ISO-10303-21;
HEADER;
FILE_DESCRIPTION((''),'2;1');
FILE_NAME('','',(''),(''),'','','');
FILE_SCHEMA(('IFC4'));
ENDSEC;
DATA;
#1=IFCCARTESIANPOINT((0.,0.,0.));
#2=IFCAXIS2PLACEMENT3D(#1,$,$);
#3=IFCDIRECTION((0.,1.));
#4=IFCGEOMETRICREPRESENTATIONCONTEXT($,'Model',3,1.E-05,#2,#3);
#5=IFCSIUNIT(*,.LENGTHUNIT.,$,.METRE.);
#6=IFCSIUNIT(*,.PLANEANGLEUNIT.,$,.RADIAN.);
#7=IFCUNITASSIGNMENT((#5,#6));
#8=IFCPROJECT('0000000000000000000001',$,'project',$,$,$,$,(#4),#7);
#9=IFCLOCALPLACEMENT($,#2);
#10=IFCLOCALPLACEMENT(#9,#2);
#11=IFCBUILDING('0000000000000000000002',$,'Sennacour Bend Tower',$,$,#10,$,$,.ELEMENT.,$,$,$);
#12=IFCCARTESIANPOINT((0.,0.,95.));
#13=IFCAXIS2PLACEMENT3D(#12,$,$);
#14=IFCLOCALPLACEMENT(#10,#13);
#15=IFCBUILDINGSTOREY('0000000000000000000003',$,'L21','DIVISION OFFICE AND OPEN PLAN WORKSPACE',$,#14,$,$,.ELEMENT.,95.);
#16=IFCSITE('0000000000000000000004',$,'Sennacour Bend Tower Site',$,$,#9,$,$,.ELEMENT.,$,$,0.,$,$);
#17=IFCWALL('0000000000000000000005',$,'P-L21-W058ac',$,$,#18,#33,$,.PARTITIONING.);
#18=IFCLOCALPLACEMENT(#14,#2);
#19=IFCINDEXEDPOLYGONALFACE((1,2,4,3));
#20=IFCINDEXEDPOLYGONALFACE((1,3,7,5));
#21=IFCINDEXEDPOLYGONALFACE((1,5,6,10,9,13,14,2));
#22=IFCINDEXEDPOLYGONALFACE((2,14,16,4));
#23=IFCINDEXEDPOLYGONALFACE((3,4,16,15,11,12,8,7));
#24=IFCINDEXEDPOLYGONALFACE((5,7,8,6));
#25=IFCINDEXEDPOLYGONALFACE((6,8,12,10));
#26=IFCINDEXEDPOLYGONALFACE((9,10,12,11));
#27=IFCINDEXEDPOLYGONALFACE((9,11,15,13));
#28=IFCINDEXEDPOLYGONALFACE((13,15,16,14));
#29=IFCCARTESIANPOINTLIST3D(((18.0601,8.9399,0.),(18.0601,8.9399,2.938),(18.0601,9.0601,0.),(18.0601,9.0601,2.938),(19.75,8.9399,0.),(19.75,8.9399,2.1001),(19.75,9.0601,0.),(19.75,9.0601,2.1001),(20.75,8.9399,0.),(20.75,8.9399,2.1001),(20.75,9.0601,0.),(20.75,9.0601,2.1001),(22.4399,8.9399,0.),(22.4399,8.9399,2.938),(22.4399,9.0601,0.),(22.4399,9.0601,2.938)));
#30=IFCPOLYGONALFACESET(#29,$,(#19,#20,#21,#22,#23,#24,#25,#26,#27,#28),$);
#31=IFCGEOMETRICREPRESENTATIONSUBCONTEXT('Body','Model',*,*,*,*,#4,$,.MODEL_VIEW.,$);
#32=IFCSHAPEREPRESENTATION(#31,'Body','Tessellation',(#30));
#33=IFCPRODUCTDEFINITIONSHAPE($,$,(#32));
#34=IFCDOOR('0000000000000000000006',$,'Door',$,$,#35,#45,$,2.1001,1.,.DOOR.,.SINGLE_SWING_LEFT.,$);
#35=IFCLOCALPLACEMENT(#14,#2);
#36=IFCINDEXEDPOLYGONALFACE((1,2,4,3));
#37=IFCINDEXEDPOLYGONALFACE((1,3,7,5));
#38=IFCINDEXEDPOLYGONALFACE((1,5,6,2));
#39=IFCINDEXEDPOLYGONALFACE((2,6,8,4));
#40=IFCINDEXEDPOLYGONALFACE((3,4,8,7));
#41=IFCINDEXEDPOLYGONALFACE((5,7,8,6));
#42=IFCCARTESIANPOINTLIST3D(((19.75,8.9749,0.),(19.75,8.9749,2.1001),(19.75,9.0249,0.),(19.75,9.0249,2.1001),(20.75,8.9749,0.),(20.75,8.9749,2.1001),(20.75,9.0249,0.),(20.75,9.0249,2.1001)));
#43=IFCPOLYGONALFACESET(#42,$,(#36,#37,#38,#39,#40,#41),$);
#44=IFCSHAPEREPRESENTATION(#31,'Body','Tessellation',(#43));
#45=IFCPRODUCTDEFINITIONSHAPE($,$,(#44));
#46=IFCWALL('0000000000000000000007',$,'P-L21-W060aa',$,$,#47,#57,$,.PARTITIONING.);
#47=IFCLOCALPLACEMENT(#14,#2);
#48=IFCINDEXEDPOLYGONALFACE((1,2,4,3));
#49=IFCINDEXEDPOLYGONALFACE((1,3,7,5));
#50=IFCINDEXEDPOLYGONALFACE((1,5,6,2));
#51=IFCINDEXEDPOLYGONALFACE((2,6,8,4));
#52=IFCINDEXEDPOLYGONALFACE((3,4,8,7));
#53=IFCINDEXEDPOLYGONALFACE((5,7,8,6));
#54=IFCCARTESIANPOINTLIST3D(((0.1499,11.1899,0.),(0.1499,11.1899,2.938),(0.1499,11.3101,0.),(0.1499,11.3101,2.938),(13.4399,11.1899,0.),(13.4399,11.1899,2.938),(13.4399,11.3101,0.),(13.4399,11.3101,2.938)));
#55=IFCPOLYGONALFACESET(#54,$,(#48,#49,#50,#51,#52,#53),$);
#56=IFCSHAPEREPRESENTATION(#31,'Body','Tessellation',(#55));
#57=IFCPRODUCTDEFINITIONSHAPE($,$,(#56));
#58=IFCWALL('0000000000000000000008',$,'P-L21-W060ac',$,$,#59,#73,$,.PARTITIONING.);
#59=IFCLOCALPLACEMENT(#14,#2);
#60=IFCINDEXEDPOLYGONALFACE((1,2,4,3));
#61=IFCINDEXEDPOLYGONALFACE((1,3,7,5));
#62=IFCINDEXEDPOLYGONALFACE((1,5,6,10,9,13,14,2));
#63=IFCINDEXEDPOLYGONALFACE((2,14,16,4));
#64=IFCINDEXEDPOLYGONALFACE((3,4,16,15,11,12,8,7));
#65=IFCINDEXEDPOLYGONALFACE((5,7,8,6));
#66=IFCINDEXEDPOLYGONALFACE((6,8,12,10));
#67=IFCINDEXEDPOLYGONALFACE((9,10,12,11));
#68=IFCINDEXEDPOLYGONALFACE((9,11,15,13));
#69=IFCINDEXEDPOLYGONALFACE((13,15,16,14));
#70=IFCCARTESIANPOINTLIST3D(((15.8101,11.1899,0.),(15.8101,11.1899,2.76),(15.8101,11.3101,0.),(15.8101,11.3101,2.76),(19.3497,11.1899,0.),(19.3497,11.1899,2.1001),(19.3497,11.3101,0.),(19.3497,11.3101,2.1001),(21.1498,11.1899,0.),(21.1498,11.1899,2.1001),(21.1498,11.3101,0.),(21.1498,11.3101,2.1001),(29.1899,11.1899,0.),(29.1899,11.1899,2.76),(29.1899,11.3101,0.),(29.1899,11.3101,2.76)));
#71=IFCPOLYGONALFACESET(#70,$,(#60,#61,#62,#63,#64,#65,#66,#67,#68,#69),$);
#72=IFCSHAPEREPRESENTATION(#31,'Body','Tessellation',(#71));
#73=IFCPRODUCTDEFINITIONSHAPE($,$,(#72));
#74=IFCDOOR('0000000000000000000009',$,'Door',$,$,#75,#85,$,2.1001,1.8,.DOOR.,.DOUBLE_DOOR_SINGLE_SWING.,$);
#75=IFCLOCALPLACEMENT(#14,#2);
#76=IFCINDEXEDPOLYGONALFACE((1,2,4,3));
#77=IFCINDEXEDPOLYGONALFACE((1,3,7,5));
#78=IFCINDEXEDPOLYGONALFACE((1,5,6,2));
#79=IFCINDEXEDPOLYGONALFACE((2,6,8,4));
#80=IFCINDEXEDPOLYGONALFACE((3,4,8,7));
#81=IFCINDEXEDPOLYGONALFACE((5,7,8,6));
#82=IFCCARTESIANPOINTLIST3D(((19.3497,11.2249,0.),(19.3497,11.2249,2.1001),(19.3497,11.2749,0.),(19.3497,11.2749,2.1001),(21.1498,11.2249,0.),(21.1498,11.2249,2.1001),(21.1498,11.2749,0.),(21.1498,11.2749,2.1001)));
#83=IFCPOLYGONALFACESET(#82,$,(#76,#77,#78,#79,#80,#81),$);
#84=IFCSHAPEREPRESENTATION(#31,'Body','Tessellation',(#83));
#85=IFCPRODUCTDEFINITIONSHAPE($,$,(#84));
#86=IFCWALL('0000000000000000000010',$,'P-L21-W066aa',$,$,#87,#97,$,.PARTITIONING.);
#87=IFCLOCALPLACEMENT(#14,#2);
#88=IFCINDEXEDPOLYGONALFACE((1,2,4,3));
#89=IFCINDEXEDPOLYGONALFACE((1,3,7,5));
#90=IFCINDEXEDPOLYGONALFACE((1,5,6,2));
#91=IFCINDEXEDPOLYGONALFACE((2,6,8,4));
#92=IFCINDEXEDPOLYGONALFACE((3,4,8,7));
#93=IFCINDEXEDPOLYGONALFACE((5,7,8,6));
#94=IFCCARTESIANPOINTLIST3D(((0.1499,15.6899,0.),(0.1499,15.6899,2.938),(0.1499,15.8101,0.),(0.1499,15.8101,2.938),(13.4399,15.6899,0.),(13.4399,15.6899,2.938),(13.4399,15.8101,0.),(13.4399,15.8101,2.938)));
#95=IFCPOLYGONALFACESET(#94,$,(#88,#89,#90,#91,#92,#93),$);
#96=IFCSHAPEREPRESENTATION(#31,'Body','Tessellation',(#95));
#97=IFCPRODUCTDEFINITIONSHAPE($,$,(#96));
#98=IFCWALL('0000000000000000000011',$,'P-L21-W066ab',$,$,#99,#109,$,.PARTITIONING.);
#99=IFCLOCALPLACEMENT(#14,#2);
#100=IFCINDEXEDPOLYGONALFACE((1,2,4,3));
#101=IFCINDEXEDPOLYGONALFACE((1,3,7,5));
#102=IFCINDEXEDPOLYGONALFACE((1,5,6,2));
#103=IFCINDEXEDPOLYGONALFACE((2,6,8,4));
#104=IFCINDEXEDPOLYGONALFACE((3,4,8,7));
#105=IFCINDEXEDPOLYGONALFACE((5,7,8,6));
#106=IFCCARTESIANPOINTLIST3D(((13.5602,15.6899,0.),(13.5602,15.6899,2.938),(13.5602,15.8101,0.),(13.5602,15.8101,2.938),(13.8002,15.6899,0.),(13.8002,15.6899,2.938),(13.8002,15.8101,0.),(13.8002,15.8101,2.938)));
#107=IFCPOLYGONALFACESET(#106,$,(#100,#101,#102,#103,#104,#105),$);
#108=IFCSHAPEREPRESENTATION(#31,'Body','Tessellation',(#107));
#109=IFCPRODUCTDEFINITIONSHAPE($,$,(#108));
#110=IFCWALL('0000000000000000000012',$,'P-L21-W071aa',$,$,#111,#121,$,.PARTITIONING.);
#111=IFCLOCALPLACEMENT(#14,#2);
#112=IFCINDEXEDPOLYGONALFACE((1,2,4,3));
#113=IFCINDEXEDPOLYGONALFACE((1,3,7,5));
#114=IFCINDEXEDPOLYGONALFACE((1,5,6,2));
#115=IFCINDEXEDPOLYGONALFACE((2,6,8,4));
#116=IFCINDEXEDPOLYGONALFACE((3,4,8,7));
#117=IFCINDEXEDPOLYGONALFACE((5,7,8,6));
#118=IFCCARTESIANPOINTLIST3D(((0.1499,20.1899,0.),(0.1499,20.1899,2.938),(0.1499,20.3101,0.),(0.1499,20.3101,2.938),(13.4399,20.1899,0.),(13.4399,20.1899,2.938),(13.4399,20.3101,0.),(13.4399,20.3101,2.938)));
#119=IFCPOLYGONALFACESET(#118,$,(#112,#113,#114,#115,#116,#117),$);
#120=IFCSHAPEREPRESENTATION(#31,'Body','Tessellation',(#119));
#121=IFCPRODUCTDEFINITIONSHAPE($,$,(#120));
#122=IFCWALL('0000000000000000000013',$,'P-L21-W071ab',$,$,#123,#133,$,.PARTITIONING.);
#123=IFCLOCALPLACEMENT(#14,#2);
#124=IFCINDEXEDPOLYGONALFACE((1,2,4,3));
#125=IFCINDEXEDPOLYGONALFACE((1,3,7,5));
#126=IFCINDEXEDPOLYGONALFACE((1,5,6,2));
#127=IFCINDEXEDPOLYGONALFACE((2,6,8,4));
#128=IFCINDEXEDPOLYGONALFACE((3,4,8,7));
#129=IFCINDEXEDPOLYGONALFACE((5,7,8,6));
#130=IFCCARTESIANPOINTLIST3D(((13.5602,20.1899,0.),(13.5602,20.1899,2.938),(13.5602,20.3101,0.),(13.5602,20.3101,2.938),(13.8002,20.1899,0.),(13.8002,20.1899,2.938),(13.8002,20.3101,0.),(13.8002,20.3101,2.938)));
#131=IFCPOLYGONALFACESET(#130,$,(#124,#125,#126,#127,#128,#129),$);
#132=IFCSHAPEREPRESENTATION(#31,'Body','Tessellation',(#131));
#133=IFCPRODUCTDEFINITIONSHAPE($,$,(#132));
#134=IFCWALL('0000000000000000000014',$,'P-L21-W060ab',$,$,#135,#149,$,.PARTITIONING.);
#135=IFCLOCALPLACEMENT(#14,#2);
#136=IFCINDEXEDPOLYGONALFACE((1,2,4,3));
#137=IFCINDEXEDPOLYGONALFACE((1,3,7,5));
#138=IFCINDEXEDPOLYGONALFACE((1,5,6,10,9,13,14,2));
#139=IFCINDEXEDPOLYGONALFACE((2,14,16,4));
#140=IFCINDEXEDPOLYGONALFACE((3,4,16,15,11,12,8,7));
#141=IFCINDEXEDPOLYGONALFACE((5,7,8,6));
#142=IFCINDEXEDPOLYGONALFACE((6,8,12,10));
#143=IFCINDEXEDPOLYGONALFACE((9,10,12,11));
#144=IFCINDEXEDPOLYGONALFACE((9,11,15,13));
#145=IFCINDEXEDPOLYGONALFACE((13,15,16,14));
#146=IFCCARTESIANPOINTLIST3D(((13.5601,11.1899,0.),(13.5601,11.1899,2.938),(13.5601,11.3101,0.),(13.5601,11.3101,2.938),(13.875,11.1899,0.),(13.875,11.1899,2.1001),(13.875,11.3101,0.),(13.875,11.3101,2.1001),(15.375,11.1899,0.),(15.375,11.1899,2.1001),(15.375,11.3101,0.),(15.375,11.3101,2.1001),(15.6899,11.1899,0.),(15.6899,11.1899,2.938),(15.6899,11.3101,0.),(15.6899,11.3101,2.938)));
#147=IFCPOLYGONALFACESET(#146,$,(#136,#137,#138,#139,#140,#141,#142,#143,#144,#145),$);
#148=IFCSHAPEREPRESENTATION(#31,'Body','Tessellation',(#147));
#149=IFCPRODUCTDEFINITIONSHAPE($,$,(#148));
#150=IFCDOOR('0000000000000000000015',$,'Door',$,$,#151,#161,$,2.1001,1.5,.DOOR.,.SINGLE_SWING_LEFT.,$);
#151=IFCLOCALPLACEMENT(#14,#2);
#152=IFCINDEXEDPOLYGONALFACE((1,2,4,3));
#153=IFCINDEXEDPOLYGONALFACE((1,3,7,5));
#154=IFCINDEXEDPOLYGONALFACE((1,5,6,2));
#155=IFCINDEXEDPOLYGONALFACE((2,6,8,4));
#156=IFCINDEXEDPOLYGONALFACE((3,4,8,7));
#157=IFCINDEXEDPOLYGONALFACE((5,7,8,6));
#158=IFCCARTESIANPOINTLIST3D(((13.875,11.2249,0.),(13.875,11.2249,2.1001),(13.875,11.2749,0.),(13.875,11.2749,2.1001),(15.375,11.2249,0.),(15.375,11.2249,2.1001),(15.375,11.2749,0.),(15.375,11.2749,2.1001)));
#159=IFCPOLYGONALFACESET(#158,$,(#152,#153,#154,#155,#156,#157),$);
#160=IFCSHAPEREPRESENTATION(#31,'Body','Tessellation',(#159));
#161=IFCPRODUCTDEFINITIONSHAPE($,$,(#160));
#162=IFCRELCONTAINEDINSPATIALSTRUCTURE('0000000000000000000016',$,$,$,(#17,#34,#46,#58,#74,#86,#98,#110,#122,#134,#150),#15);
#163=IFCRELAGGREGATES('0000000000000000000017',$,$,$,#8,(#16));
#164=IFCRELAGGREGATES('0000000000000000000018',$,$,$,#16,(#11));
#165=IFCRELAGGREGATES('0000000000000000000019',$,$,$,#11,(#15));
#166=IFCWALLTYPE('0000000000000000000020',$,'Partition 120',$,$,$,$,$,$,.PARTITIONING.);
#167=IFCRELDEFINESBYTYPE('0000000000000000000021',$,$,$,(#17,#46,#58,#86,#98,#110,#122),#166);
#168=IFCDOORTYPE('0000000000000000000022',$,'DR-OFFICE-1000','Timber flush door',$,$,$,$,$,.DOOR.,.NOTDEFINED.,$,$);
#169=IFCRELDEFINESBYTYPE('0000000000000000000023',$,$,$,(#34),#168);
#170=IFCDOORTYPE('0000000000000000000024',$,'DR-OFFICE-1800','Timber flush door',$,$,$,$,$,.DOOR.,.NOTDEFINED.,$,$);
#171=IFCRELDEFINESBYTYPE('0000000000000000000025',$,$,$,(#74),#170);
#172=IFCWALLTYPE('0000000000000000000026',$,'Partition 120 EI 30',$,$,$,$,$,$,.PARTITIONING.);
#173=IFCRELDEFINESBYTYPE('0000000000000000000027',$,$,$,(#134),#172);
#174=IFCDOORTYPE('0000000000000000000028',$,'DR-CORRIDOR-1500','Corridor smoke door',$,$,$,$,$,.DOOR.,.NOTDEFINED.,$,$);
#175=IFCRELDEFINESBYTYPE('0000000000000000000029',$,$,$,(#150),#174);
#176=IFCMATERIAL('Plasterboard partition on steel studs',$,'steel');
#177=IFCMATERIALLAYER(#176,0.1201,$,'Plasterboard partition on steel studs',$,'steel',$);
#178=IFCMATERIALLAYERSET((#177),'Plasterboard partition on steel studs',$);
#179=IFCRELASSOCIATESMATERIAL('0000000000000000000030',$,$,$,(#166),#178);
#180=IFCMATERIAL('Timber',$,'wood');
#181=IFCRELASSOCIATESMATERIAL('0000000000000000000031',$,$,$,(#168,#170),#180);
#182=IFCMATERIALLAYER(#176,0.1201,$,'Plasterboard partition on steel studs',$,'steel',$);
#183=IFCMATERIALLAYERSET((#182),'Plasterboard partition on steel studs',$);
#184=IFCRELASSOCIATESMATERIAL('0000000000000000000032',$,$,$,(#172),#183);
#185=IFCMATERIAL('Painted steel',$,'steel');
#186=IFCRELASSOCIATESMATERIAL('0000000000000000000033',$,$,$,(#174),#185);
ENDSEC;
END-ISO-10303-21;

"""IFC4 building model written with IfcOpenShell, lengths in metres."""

from ifc_helpers import new_model, si_unit, direction, frame, frame_2d, origin, place, context, subcontext, project, spatial, rectangle, extrude, material, layer, layer_set, type_object, element, fill, save


model = new_model("IFC4")

# Units and contexts
model_context = context("Model", 3, precision=1e-05, world=origin(), true_north=direction((0.0, 1.0)))
body_context = subcontext(model_context, "Body", "Model", "MODEL_VIEW")
ifc_project = project(units=[si_unit("LENGTHUNIT", "METRE"), si_unit("PLANEANGLEUNIT", "RADIAN")], contexts=[model_context])

# Site, building, storey
site_placement = place(None, origin())
site = spatial("IfcSite", under=ifc_project, at=site_placement, Name="Sennacour Bend Tower Site", CompositionType="ELEMENT", RefElevation=0.0)
building_placement = place(site_placement, origin())
building = spatial("IfcBuilding", under=site, at=building_placement, Name="Sennacour Bend Tower", CompositionType="ELEMENT")
storey_placement = place(building_placement, frame((0.0, 0.0, 95.0)))
storey = spatial("IfcBuildingStorey", under=building, at=storey_placement, Name="L21", Description="DIVISION OFFICE AND OPEN PLAN WORKSPACE", CompositionType="ELEMENT", Elevation=95.0)

# Shared definitions
ifc_material_1 = material(Name="Plasterboard partition on steel studs", Category="steel")
ifc_layer_1 = layer(ifc_material_1, 0.1201, Name="Plasterboard partition on steel studs", Category="steel")
ifc_layer_set_1 = layer_set([ifc_layer_1], Name="Plasterboard partition on steel studs")
wall_type_1 = type_object("IfcWallType", Name="Partition 120", PredefinedType="PARTITIONING", material=ifc_layer_set_1)
ifc_material_2 = material(Name="Timber", Category="wood")
door_type_1 = type_object("IfcDoorType", Name="DR-OFFICE-1000", Description="Timber flush door", OperationType="NOTDEFINED", PredefinedType="DOOR", material=ifc_material_2)

# Wall, opening, door
wall_1_placement = place(storey_placement, frame((18.0601, 9.0, 0.0), z_axis=(0.0, 0.0, 1.0), x_axis=(1.0, 0.0, 0.0)))
wall_1 = element("IfcWall", 1, at=wall_1_placement, inside=storey, type_object=wall_type_1, Name="P-L21-W058ac", PredefinedType="PARTITIONING", context=body_context, shape_type="SweptSolid", body=[
    extrude(rectangle(XDim=4.3799, YDim=0.1201, at=frame_2d((2.1899, 0.0))), origin(), (0.0, 0.0, 1.0), 2.938),
])
opening_1_placement = place(wall_1_placement, frame((1.6899, 0.0, 0.0)))
opening_1 = element("IfcOpeningElement", 2, at=opening_1_placement, cuts=wall_1, PredefinedType="OPENING", context=body_context, shape_type="SweptSolid", body=[
    extrude(rectangle(XDim=1.0, YDim=2.1001, at=frame_2d((0.5, 1.05))), frame((0.0, 0.0701, 0.0), z_axis=(0.0, -1.0, 0.0), x_axis=(1.0, 0.0, 0.0)), (0.0, 0.0, 1.0), 0.1401),
])
door_1_placement = place(opening_1_placement, origin())
door_1 = element("IfcDoor", 3, at=door_1_placement, inside=storey, type_object=door_type_1, Name="Door", OperationType="SINGLE_SWING_LEFT", OverallHeight=2.1001, OverallWidth=1.0, PredefinedType="DOOR", context=body_context, shape_type="SweptSolid", body=[
    extrude(rectangle(XDim=1.0, YDim=2.1001, at=frame_2d((0.5, 1.05))), frame((0.0, 0.0249, 0.0), z_axis=(0.0, -1.0, 0.0), x_axis=(1.0, 0.0, 0.0)), (0.0, 0.0, 1.0), 0.05),
])
fill(opening_1, door_1)

# Wall
wall_2_placement = place(storey_placement, frame((0.1499, 11.25, 0.0), z_axis=(0.0, 0.0, 1.0), x_axis=(1.0, 0.0, 0.0)))
element("IfcWall", 4, at=wall_2_placement, inside=storey, type_object=wall_type_1, Name="P-L21-W060aa", PredefinedType="PARTITIONING", context=body_context, shape_type="SweptSolid", body=[
    extrude(rectangle(XDim=13.29, YDim=0.1201, at=frame_2d((6.645, 0.0))), origin(), (0.0, 0.0, 1.0), 2.938),
])

# Wall, opening, door
wall_3_placement = place(storey_placement, frame((15.8101, 11.25, 0.0), z_axis=(0.0, 0.0, 1.0), x_axis=(1.0, 0.0, 0.0)))
wall_3 = element("IfcWall", 5, at=wall_3_placement, inside=storey, type_object=wall_type_1, Name="P-L21-W060ac", PredefinedType="PARTITIONING", context=body_context, shape_type="SweptSolid", body=[
    extrude(rectangle(XDim=13.3799, YDim=0.1201, at=frame_2d((6.6899, 0.0))), origin(), (0.0, 0.0, 1.0), 2.76),
])
opening_2_placement = place(wall_3_placement, frame((3.5398, 0.0, 0.0)))
opening_2 = element("IfcOpeningElement", 6, at=opening_2_placement, cuts=wall_3, PredefinedType="OPENING", context=body_context, shape_type="SweptSolid", body=[
    extrude(rectangle(XDim=1.8, YDim=2.1001, at=frame_2d((0.8999, 1.05))), frame((0.0, 0.0701, 0.0), z_axis=(0.0, -1.0, 0.0), x_axis=(1.0, 0.0, 0.0)), (0.0, 0.0, 1.0), 0.1401),
])
door_type_2 = type_object("IfcDoorType", Name="DR-OFFICE-1800", Description="Timber flush door", OperationType="NOTDEFINED", PredefinedType="DOOR", material=ifc_material_2)
door_2_placement = place(opening_2_placement, origin())
door_2 = element("IfcDoor", 7, at=door_2_placement, inside=storey, type_object=door_type_2, Name="Door", OperationType="DOUBLE_DOOR_SINGLE_SWING", OverallHeight=2.1001, OverallWidth=1.8, PredefinedType="DOOR", context=body_context, shape_type="SweptSolid", body=[
    extrude(rectangle(XDim=1.8, YDim=2.1001, at=frame_2d((0.8999, 1.05))), frame((0.0, 0.0249, 0.0), z_axis=(0.0, -1.0, 0.0), x_axis=(1.0, 0.0, 0.0)), (0.0, 0.0, 1.0), 0.05),
])
fill(opening_2, door_2)

# Walls
wall_4_placement = place(storey_placement, frame((0.1499, 15.75, 0.0), z_axis=(0.0, 0.0, 1.0), x_axis=(1.0, 0.0, 0.0)))
element("IfcWall", 8, at=wall_4_placement, inside=storey, type_object=wall_type_1, Name="P-L21-W066aa", PredefinedType="PARTITIONING", context=body_context, shape_type="SweptSolid", body=[
    extrude(rectangle(XDim=13.29, YDim=0.1201, at=frame_2d((6.645, 0.0))), origin(), (0.0, 0.0, 1.0), 2.938),
])
wall_5_placement = place(storey_placement, frame((13.5601, 15.75, 0.0), z_axis=(0.0, 0.0, 1.0), x_axis=(1.0, 0.0, 0.0)))
element("IfcWall", 9, at=wall_5_placement, inside=storey, type_object=wall_type_1, Name="P-L21-W066ab", PredefinedType="PARTITIONING", context=body_context, shape_type="SweptSolid", body=[
    extrude(rectangle(XDim=0.24, YDim=0.1201, at=frame_2d((0.1201, 0.0))), origin(), (0.0, 0.0, 1.0), 2.938),
])
wall_6_placement = place(storey_placement, frame((0.1499, 20.25, 0.0), z_axis=(0.0, 0.0, 1.0), x_axis=(1.0, 0.0, 0.0)))
element("IfcWall", 10, at=wall_6_placement, inside=storey, type_object=wall_type_1, Name="P-L21-W071aa", PredefinedType="PARTITIONING", context=body_context, shape_type="SweptSolid", body=[
    extrude(rectangle(XDim=13.29, YDim=0.1201, at=frame_2d((6.645, 0.0))), origin(), (0.0, 0.0, 1.0), 2.938),
])
wall_7_placement = place(storey_placement, frame((13.5601, 20.25, 0.0), z_axis=(0.0, 0.0, 1.0), x_axis=(1.0, 0.0, 0.0)))
element("IfcWall", 11, at=wall_7_placement, inside=storey, type_object=wall_type_1, Name="P-L21-W071ab", PredefinedType="PARTITIONING", context=body_context, shape_type="SweptSolid", body=[
    extrude(rectangle(XDim=0.24, YDim=0.1201, at=frame_2d((0.1201, 0.0))), origin(), (0.0, 0.0, 1.0), 2.938),
])

# Wall, opening, door
ifc_layer_2 = layer(ifc_material_1, 0.1201, Name="Plasterboard partition on steel studs", Category="steel")
ifc_layer_set_2 = layer_set([ifc_layer_2], Name="Plasterboard partition on steel studs")
wall_type_2 = type_object("IfcWallType", Name="Partition 120 EI 30", PredefinedType="PARTITIONING", material=ifc_layer_set_2)
wall_8_placement = place(storey_placement, frame((13.5601, 11.25, 0.0), z_axis=(0.0, 0.0, 1.0), x_axis=(1.0, 0.0, 0.0)))
wall_8 = element("IfcWall", 12, at=wall_8_placement, inside=storey, type_object=wall_type_2, Name="P-L21-W060ab", PredefinedType="PARTITIONING", context=body_context, shape_type="SweptSolid", body=[
    extrude(rectangle(XDim=2.1299, YDim=0.1201, at=frame_2d((1.0649, 0.0))), origin(), (0.0, 0.0, 1.0), 2.938),
])
opening_3_placement = place(wall_8_placement, frame((0.3149, 0.0, 0.0)))
opening_3 = element("IfcOpeningElement", 13, at=opening_3_placement, cuts=wall_8, PredefinedType="OPENING", context=body_context, shape_type="SweptSolid", body=[
    extrude(rectangle(XDim=1.5, YDim=2.1001, at=frame_2d((0.75, 1.05))), frame((0.0, 0.0701, 0.0), z_axis=(0.0, -1.0, 0.0), x_axis=(1.0, 0.0, 0.0)), (0.0, 0.0, 1.0), 0.1401),
])
ifc_material_3 = material(Name="Painted steel", Category="steel")
door_type_3 = type_object("IfcDoorType", Name="DR-CORRIDOR-1500", Description="Corridor smoke door", OperationType="NOTDEFINED", PredefinedType="DOOR", material=ifc_material_3)
door_3_placement = place(opening_3_placement, origin())
door_3 = element("IfcDoor", 14, at=door_3_placement, inside=storey, type_object=door_type_3, Name="Door", OperationType="SINGLE_SWING_LEFT", OverallHeight=2.1001, OverallWidth=1.5, PredefinedType="DOOR", context=body_context, shape_type="SweptSolid", body=[
    extrude(rectangle(XDim=1.5, YDim=2.1001, at=frame_2d((0.75, 1.05))), frame((0.0, 0.0249, 0.0), z_axis=(0.0, -1.0, 0.0), x_axis=(1.0, 0.0, 0.0)), (0.0, 0.0, 1.0), 0.05),
])
fill(opening_3, door_3)

save(model, "model.ifc")
